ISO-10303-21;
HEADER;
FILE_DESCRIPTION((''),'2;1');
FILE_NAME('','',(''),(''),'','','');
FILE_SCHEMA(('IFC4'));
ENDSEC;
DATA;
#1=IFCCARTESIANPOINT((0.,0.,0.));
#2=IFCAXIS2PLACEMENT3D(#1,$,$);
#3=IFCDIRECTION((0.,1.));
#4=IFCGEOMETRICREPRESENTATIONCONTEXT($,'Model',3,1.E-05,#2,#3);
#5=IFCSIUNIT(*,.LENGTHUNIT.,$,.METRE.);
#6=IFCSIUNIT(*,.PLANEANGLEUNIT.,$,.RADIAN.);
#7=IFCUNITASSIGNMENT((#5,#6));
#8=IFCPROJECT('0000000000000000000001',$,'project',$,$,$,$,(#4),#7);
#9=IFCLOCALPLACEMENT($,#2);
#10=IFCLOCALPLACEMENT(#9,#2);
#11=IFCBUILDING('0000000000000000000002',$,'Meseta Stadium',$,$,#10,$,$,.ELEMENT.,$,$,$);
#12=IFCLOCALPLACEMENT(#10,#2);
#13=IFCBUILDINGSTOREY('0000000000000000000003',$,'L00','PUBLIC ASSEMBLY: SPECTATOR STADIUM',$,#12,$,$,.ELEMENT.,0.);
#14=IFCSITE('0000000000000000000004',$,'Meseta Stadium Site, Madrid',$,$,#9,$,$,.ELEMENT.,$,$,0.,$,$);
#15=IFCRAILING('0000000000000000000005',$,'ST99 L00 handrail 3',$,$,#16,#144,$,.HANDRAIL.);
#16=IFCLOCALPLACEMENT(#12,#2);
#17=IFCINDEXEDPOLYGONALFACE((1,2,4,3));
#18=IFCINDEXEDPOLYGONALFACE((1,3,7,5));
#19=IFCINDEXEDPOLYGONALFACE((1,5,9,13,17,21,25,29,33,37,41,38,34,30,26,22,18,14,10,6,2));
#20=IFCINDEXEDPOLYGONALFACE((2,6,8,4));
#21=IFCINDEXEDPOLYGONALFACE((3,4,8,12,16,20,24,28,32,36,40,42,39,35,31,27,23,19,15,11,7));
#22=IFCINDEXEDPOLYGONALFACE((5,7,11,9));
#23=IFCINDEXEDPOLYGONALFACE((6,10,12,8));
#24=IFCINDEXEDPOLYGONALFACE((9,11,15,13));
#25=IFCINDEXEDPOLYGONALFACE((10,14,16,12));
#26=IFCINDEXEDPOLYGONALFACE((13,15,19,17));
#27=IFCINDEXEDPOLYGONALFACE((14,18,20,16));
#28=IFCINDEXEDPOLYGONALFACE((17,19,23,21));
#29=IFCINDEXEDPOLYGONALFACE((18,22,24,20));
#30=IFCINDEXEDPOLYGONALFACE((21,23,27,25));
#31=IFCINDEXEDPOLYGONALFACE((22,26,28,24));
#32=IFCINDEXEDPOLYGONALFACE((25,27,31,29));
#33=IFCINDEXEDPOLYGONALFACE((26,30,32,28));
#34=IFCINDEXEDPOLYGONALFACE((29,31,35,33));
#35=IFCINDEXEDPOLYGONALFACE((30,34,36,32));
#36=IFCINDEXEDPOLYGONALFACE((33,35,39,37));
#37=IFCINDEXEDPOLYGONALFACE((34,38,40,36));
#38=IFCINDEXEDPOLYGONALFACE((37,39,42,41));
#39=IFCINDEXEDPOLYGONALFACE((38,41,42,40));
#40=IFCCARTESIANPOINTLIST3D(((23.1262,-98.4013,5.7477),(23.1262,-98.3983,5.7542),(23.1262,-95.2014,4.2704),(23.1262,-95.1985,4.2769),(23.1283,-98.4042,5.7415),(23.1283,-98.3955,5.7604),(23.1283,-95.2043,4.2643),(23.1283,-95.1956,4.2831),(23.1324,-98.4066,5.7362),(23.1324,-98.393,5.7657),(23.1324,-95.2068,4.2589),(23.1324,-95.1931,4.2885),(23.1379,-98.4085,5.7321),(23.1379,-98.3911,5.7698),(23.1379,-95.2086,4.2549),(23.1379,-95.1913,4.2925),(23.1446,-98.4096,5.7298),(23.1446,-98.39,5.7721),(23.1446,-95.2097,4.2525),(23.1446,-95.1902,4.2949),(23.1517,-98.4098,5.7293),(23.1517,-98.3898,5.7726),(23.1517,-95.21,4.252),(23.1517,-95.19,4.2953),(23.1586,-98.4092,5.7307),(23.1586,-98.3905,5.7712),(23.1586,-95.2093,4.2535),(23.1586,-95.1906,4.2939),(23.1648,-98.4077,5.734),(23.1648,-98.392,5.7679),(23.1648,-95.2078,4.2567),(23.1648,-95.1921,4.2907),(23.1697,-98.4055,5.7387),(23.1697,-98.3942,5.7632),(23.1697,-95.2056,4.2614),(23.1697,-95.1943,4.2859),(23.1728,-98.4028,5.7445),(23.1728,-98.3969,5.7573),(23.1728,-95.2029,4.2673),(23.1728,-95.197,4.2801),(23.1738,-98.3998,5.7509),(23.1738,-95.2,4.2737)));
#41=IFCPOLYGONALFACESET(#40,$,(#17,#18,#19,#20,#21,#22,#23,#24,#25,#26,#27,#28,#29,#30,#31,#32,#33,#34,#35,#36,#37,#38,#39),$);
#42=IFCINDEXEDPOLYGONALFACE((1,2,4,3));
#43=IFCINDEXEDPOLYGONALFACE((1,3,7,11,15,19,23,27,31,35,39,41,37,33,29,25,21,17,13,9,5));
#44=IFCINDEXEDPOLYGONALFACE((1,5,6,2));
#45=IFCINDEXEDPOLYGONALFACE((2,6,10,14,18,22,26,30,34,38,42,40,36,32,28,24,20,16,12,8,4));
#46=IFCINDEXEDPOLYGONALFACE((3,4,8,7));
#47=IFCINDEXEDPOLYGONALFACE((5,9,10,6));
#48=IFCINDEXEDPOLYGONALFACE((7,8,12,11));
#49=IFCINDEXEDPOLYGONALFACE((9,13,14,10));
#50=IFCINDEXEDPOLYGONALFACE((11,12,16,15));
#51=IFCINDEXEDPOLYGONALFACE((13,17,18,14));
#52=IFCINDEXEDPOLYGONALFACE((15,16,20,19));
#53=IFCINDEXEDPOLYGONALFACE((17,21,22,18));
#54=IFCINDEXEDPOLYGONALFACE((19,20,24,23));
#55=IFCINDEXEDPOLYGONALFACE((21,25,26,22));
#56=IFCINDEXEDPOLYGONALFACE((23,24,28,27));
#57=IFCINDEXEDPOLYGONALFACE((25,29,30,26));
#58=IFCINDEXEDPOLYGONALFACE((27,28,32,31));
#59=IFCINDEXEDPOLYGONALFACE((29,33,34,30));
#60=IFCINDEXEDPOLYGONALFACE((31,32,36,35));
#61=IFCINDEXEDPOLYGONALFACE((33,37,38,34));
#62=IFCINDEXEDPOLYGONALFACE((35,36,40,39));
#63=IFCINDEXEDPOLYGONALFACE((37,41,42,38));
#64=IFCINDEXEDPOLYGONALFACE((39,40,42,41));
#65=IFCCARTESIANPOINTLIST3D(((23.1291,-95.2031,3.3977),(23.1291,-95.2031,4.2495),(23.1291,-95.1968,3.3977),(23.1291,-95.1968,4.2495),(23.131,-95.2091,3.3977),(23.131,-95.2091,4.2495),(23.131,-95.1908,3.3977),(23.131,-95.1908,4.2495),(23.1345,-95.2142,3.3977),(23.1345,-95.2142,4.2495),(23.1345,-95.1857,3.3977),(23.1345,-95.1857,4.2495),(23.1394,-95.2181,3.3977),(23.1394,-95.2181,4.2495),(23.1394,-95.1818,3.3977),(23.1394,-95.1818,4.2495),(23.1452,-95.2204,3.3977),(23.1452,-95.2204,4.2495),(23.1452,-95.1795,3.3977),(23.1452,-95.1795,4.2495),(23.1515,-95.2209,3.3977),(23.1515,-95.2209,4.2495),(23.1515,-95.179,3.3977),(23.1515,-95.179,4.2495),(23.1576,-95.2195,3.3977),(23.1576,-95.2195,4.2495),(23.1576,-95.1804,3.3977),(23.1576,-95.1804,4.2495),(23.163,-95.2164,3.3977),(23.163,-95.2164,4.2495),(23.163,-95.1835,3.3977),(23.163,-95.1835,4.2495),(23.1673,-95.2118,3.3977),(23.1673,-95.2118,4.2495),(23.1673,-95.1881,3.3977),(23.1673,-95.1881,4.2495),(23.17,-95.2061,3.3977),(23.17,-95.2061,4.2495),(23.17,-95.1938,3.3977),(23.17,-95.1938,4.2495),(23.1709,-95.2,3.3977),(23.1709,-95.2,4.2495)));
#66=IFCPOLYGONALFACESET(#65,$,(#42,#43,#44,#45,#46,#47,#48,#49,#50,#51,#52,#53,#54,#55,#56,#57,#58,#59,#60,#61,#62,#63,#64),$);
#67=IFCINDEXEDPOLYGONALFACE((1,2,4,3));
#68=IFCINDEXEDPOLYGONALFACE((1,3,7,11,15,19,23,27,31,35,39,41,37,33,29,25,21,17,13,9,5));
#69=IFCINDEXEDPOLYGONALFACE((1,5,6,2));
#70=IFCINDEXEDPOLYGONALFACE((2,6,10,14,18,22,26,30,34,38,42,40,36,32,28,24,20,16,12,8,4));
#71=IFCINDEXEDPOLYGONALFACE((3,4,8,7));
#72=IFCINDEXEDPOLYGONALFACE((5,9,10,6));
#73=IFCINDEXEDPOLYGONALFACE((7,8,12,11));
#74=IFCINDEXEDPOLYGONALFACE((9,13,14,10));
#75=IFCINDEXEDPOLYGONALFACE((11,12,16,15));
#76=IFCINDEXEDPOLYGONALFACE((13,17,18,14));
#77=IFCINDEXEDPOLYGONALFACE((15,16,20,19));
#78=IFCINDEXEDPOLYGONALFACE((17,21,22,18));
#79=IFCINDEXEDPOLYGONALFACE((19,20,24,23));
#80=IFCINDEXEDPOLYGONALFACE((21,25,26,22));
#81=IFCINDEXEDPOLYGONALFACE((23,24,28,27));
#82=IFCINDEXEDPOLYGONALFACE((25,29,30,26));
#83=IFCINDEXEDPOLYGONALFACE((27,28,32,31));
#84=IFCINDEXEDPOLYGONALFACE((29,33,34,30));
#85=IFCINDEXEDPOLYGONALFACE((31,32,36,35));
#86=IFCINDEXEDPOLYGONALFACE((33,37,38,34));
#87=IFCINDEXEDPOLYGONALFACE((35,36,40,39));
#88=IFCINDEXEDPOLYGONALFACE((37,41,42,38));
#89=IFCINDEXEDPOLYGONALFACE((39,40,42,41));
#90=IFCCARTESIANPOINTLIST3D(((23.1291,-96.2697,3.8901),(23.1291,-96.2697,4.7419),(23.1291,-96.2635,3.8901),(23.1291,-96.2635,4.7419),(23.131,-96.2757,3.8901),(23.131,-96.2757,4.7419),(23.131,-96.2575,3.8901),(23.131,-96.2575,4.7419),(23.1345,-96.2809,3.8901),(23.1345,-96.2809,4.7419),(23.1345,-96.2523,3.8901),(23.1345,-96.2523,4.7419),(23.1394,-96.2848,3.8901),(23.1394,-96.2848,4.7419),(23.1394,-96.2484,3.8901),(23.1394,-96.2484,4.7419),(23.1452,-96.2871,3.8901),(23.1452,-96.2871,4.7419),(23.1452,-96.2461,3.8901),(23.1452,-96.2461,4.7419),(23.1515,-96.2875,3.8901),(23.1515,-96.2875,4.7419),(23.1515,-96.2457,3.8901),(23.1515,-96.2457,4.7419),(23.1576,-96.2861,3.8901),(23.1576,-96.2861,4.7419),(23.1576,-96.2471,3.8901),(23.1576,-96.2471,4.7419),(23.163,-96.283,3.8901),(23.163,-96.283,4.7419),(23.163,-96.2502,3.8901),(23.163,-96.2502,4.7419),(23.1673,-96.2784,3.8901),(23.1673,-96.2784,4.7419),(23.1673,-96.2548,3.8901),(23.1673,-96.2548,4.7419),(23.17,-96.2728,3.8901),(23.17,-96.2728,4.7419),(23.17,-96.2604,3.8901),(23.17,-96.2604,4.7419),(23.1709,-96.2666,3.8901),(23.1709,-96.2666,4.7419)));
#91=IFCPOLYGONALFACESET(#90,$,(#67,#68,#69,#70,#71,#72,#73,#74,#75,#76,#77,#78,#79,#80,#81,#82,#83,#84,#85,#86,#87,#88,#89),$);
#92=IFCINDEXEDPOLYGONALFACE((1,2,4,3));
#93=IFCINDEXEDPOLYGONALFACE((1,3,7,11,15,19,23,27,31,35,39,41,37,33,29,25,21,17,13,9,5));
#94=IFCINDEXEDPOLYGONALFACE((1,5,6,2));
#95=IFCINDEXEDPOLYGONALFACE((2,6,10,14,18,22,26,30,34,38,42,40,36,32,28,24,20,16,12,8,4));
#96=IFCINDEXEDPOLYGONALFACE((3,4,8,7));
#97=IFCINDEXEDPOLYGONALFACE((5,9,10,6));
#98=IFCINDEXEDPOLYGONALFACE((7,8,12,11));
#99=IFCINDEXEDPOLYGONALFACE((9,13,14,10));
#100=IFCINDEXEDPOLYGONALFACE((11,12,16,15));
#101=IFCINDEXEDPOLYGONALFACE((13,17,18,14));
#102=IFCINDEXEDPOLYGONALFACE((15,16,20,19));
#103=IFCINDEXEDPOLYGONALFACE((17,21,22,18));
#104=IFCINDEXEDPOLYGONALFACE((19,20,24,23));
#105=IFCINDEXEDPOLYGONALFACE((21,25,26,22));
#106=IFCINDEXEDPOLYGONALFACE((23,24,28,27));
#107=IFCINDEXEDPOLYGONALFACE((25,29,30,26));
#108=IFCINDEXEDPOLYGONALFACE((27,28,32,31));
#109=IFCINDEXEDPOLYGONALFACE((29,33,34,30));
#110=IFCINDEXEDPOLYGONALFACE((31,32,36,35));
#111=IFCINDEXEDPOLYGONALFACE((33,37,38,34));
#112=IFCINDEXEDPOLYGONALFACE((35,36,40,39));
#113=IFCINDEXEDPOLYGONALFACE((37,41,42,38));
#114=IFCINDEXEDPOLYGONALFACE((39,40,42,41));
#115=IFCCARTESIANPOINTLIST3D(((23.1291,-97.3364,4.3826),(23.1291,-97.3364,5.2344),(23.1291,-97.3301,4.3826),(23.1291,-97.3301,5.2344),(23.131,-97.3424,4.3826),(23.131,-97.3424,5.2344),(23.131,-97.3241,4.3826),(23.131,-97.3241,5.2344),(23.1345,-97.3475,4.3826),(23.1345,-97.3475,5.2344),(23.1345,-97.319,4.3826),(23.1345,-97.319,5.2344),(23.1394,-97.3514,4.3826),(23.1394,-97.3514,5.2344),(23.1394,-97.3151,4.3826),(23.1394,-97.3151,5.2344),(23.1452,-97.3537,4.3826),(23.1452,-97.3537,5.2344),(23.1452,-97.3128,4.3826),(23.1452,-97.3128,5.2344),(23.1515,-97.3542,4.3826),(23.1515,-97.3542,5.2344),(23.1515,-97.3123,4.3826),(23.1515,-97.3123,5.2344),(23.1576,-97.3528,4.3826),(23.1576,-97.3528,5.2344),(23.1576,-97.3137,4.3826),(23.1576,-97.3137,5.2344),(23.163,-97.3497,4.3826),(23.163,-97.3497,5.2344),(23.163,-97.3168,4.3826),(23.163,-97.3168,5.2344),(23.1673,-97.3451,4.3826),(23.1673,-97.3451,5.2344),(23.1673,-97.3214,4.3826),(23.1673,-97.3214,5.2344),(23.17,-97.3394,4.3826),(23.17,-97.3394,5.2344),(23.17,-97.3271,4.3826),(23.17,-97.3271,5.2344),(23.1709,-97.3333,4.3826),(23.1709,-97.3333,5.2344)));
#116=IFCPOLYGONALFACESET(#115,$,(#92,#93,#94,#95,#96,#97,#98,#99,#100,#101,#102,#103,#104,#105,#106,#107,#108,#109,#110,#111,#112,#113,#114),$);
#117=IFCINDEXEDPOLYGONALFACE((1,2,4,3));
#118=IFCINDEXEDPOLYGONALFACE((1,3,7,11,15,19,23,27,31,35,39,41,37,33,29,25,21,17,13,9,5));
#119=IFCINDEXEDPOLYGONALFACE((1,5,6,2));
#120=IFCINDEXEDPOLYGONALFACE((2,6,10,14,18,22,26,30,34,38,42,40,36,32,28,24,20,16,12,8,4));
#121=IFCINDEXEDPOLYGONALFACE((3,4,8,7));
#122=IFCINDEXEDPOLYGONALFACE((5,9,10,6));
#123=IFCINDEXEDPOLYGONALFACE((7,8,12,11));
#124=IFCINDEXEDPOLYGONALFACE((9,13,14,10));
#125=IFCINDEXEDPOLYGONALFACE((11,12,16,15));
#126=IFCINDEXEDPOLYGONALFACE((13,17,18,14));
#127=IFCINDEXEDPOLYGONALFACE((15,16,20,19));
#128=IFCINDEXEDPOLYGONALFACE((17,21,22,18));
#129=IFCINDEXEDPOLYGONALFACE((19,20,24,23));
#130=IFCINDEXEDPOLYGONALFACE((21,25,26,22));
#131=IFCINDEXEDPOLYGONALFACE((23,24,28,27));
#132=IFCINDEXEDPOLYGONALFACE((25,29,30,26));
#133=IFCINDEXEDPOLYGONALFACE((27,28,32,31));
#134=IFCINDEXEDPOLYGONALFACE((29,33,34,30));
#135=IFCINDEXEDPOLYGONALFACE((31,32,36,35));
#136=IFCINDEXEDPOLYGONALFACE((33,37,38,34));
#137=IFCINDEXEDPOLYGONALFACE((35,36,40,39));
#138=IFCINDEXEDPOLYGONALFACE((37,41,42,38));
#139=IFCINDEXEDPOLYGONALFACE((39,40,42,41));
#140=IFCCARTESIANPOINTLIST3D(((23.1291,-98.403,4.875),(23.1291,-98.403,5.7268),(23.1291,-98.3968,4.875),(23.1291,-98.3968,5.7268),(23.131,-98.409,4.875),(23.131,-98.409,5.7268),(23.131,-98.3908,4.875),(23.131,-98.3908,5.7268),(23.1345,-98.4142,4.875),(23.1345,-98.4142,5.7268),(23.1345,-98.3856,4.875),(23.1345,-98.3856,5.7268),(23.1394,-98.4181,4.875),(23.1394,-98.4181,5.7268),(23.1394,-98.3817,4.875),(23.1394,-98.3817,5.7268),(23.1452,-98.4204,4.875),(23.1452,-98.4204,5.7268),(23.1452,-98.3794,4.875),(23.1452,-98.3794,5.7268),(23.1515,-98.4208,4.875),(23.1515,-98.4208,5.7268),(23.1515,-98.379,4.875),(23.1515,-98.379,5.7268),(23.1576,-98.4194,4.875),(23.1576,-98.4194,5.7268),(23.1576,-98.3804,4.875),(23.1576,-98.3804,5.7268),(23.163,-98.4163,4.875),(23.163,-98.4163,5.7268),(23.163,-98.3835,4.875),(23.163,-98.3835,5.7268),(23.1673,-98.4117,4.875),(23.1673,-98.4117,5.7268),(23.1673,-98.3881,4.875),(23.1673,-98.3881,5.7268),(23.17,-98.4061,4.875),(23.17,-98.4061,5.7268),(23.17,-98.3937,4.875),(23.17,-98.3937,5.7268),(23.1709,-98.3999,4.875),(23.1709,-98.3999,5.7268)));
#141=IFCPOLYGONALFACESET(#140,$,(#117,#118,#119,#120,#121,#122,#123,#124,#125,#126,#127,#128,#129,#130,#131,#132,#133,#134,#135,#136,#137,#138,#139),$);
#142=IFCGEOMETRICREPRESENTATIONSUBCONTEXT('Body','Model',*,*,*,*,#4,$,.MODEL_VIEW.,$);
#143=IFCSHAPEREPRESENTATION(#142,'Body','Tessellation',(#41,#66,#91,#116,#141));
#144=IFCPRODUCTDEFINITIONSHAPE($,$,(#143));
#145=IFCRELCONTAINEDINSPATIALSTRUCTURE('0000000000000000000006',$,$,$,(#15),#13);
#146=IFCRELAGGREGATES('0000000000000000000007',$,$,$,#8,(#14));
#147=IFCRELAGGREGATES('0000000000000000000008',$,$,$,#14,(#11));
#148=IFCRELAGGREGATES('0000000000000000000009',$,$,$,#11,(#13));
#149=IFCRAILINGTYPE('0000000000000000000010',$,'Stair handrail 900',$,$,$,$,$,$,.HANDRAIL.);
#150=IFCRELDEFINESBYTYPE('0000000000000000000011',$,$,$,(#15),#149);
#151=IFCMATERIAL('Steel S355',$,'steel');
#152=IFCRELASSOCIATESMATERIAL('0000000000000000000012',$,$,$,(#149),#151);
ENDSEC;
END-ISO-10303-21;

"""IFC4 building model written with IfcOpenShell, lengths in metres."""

from ifc_helpers import new_model, si_unit, direction, frame, origin, origin_2d, place, context, subcontext, project, spatial, circle, extrude, material, type_object, element, save


model = new_model("IFC4")

# Units and contexts
model_context = context("Model", 3, precision=1e-05, world=origin(), true_north=direction((0.0, 1.0)))
body_context = subcontext(model_context, "Body", "Model", "MODEL_VIEW")
ifc_project = project(units=[si_unit("LENGTHUNIT", "METRE"), si_unit("PLANEANGLEUNIT", "RADIAN")], contexts=[model_context])

# Site, building, storey
site_placement = place(None, origin())
site = spatial("IfcSite", under=ifc_project, at=site_placement, Name="Meseta Stadium Site, Madrid", CompositionType="ELEMENT", RefElevation=0.0)
building_placement = place(site_placement, origin())
building = spatial("IfcBuilding", under=site, at=building_placement, Name="Meseta Stadium", CompositionType="ELEMENT")
storey_placement = place(building_placement, origin())
storey = spatial("IfcBuildingStorey", under=building, at=storey_placement, Name="L00", Description="PUBLIC ASSEMBLY: SPECTATOR STADIUM", CompositionType="ELEMENT", Elevation=0.0)

# Railing
ifc_material_1 = material(Name="Steel S355", Category="steel")
railing_type_1 = type_object("IfcRailingType", Name="Stair handrail 900", PredefinedType="HANDRAIL", material=ifc_material_1)
railing_1_placement = place(storey_placement, frame((23.1499, -95.2, 3.3977)))
element("IfcRailing", 1, at=railing_1_placement, inside=storey, type_object=railing_type_1, Name="ST99 L00 handrail 3", PredefinedType="HANDRAIL", context=body_context, shape_type="SweptSolid", body=[
    extrude(circle(Radius=0.0239, at=origin_2d()), frame((0.0, 0.0, 0.876), z_axis=(0.0, -0.907917, 0.41915), x_axis=(1.0, 0.0, 0.0)), (0.0, 0.0, 1.0), 3.5244),
    extrude(circle(Radius=0.021, at=origin_2d()), origin(), (0.0, 0.0, 1.0), 0.8518),
    extrude(circle(Radius=0.021, at=origin_2d()), frame((0.0, -1.0667, 0.4924)), (0.0, 0.0, 1.0), 0.8518),
    extrude(circle(Radius=0.021, at=origin_2d()), frame((0.0, -2.1333, 0.9849)), (0.0, 0.0, 1.0), 0.8518),
    extrude(circle(Radius=0.021, at=origin_2d()), frame((0.0, -3.2, 1.4773)), (0.0, 0.0, 1.0), 0.8518),
])

save(model, "model.ifc")
